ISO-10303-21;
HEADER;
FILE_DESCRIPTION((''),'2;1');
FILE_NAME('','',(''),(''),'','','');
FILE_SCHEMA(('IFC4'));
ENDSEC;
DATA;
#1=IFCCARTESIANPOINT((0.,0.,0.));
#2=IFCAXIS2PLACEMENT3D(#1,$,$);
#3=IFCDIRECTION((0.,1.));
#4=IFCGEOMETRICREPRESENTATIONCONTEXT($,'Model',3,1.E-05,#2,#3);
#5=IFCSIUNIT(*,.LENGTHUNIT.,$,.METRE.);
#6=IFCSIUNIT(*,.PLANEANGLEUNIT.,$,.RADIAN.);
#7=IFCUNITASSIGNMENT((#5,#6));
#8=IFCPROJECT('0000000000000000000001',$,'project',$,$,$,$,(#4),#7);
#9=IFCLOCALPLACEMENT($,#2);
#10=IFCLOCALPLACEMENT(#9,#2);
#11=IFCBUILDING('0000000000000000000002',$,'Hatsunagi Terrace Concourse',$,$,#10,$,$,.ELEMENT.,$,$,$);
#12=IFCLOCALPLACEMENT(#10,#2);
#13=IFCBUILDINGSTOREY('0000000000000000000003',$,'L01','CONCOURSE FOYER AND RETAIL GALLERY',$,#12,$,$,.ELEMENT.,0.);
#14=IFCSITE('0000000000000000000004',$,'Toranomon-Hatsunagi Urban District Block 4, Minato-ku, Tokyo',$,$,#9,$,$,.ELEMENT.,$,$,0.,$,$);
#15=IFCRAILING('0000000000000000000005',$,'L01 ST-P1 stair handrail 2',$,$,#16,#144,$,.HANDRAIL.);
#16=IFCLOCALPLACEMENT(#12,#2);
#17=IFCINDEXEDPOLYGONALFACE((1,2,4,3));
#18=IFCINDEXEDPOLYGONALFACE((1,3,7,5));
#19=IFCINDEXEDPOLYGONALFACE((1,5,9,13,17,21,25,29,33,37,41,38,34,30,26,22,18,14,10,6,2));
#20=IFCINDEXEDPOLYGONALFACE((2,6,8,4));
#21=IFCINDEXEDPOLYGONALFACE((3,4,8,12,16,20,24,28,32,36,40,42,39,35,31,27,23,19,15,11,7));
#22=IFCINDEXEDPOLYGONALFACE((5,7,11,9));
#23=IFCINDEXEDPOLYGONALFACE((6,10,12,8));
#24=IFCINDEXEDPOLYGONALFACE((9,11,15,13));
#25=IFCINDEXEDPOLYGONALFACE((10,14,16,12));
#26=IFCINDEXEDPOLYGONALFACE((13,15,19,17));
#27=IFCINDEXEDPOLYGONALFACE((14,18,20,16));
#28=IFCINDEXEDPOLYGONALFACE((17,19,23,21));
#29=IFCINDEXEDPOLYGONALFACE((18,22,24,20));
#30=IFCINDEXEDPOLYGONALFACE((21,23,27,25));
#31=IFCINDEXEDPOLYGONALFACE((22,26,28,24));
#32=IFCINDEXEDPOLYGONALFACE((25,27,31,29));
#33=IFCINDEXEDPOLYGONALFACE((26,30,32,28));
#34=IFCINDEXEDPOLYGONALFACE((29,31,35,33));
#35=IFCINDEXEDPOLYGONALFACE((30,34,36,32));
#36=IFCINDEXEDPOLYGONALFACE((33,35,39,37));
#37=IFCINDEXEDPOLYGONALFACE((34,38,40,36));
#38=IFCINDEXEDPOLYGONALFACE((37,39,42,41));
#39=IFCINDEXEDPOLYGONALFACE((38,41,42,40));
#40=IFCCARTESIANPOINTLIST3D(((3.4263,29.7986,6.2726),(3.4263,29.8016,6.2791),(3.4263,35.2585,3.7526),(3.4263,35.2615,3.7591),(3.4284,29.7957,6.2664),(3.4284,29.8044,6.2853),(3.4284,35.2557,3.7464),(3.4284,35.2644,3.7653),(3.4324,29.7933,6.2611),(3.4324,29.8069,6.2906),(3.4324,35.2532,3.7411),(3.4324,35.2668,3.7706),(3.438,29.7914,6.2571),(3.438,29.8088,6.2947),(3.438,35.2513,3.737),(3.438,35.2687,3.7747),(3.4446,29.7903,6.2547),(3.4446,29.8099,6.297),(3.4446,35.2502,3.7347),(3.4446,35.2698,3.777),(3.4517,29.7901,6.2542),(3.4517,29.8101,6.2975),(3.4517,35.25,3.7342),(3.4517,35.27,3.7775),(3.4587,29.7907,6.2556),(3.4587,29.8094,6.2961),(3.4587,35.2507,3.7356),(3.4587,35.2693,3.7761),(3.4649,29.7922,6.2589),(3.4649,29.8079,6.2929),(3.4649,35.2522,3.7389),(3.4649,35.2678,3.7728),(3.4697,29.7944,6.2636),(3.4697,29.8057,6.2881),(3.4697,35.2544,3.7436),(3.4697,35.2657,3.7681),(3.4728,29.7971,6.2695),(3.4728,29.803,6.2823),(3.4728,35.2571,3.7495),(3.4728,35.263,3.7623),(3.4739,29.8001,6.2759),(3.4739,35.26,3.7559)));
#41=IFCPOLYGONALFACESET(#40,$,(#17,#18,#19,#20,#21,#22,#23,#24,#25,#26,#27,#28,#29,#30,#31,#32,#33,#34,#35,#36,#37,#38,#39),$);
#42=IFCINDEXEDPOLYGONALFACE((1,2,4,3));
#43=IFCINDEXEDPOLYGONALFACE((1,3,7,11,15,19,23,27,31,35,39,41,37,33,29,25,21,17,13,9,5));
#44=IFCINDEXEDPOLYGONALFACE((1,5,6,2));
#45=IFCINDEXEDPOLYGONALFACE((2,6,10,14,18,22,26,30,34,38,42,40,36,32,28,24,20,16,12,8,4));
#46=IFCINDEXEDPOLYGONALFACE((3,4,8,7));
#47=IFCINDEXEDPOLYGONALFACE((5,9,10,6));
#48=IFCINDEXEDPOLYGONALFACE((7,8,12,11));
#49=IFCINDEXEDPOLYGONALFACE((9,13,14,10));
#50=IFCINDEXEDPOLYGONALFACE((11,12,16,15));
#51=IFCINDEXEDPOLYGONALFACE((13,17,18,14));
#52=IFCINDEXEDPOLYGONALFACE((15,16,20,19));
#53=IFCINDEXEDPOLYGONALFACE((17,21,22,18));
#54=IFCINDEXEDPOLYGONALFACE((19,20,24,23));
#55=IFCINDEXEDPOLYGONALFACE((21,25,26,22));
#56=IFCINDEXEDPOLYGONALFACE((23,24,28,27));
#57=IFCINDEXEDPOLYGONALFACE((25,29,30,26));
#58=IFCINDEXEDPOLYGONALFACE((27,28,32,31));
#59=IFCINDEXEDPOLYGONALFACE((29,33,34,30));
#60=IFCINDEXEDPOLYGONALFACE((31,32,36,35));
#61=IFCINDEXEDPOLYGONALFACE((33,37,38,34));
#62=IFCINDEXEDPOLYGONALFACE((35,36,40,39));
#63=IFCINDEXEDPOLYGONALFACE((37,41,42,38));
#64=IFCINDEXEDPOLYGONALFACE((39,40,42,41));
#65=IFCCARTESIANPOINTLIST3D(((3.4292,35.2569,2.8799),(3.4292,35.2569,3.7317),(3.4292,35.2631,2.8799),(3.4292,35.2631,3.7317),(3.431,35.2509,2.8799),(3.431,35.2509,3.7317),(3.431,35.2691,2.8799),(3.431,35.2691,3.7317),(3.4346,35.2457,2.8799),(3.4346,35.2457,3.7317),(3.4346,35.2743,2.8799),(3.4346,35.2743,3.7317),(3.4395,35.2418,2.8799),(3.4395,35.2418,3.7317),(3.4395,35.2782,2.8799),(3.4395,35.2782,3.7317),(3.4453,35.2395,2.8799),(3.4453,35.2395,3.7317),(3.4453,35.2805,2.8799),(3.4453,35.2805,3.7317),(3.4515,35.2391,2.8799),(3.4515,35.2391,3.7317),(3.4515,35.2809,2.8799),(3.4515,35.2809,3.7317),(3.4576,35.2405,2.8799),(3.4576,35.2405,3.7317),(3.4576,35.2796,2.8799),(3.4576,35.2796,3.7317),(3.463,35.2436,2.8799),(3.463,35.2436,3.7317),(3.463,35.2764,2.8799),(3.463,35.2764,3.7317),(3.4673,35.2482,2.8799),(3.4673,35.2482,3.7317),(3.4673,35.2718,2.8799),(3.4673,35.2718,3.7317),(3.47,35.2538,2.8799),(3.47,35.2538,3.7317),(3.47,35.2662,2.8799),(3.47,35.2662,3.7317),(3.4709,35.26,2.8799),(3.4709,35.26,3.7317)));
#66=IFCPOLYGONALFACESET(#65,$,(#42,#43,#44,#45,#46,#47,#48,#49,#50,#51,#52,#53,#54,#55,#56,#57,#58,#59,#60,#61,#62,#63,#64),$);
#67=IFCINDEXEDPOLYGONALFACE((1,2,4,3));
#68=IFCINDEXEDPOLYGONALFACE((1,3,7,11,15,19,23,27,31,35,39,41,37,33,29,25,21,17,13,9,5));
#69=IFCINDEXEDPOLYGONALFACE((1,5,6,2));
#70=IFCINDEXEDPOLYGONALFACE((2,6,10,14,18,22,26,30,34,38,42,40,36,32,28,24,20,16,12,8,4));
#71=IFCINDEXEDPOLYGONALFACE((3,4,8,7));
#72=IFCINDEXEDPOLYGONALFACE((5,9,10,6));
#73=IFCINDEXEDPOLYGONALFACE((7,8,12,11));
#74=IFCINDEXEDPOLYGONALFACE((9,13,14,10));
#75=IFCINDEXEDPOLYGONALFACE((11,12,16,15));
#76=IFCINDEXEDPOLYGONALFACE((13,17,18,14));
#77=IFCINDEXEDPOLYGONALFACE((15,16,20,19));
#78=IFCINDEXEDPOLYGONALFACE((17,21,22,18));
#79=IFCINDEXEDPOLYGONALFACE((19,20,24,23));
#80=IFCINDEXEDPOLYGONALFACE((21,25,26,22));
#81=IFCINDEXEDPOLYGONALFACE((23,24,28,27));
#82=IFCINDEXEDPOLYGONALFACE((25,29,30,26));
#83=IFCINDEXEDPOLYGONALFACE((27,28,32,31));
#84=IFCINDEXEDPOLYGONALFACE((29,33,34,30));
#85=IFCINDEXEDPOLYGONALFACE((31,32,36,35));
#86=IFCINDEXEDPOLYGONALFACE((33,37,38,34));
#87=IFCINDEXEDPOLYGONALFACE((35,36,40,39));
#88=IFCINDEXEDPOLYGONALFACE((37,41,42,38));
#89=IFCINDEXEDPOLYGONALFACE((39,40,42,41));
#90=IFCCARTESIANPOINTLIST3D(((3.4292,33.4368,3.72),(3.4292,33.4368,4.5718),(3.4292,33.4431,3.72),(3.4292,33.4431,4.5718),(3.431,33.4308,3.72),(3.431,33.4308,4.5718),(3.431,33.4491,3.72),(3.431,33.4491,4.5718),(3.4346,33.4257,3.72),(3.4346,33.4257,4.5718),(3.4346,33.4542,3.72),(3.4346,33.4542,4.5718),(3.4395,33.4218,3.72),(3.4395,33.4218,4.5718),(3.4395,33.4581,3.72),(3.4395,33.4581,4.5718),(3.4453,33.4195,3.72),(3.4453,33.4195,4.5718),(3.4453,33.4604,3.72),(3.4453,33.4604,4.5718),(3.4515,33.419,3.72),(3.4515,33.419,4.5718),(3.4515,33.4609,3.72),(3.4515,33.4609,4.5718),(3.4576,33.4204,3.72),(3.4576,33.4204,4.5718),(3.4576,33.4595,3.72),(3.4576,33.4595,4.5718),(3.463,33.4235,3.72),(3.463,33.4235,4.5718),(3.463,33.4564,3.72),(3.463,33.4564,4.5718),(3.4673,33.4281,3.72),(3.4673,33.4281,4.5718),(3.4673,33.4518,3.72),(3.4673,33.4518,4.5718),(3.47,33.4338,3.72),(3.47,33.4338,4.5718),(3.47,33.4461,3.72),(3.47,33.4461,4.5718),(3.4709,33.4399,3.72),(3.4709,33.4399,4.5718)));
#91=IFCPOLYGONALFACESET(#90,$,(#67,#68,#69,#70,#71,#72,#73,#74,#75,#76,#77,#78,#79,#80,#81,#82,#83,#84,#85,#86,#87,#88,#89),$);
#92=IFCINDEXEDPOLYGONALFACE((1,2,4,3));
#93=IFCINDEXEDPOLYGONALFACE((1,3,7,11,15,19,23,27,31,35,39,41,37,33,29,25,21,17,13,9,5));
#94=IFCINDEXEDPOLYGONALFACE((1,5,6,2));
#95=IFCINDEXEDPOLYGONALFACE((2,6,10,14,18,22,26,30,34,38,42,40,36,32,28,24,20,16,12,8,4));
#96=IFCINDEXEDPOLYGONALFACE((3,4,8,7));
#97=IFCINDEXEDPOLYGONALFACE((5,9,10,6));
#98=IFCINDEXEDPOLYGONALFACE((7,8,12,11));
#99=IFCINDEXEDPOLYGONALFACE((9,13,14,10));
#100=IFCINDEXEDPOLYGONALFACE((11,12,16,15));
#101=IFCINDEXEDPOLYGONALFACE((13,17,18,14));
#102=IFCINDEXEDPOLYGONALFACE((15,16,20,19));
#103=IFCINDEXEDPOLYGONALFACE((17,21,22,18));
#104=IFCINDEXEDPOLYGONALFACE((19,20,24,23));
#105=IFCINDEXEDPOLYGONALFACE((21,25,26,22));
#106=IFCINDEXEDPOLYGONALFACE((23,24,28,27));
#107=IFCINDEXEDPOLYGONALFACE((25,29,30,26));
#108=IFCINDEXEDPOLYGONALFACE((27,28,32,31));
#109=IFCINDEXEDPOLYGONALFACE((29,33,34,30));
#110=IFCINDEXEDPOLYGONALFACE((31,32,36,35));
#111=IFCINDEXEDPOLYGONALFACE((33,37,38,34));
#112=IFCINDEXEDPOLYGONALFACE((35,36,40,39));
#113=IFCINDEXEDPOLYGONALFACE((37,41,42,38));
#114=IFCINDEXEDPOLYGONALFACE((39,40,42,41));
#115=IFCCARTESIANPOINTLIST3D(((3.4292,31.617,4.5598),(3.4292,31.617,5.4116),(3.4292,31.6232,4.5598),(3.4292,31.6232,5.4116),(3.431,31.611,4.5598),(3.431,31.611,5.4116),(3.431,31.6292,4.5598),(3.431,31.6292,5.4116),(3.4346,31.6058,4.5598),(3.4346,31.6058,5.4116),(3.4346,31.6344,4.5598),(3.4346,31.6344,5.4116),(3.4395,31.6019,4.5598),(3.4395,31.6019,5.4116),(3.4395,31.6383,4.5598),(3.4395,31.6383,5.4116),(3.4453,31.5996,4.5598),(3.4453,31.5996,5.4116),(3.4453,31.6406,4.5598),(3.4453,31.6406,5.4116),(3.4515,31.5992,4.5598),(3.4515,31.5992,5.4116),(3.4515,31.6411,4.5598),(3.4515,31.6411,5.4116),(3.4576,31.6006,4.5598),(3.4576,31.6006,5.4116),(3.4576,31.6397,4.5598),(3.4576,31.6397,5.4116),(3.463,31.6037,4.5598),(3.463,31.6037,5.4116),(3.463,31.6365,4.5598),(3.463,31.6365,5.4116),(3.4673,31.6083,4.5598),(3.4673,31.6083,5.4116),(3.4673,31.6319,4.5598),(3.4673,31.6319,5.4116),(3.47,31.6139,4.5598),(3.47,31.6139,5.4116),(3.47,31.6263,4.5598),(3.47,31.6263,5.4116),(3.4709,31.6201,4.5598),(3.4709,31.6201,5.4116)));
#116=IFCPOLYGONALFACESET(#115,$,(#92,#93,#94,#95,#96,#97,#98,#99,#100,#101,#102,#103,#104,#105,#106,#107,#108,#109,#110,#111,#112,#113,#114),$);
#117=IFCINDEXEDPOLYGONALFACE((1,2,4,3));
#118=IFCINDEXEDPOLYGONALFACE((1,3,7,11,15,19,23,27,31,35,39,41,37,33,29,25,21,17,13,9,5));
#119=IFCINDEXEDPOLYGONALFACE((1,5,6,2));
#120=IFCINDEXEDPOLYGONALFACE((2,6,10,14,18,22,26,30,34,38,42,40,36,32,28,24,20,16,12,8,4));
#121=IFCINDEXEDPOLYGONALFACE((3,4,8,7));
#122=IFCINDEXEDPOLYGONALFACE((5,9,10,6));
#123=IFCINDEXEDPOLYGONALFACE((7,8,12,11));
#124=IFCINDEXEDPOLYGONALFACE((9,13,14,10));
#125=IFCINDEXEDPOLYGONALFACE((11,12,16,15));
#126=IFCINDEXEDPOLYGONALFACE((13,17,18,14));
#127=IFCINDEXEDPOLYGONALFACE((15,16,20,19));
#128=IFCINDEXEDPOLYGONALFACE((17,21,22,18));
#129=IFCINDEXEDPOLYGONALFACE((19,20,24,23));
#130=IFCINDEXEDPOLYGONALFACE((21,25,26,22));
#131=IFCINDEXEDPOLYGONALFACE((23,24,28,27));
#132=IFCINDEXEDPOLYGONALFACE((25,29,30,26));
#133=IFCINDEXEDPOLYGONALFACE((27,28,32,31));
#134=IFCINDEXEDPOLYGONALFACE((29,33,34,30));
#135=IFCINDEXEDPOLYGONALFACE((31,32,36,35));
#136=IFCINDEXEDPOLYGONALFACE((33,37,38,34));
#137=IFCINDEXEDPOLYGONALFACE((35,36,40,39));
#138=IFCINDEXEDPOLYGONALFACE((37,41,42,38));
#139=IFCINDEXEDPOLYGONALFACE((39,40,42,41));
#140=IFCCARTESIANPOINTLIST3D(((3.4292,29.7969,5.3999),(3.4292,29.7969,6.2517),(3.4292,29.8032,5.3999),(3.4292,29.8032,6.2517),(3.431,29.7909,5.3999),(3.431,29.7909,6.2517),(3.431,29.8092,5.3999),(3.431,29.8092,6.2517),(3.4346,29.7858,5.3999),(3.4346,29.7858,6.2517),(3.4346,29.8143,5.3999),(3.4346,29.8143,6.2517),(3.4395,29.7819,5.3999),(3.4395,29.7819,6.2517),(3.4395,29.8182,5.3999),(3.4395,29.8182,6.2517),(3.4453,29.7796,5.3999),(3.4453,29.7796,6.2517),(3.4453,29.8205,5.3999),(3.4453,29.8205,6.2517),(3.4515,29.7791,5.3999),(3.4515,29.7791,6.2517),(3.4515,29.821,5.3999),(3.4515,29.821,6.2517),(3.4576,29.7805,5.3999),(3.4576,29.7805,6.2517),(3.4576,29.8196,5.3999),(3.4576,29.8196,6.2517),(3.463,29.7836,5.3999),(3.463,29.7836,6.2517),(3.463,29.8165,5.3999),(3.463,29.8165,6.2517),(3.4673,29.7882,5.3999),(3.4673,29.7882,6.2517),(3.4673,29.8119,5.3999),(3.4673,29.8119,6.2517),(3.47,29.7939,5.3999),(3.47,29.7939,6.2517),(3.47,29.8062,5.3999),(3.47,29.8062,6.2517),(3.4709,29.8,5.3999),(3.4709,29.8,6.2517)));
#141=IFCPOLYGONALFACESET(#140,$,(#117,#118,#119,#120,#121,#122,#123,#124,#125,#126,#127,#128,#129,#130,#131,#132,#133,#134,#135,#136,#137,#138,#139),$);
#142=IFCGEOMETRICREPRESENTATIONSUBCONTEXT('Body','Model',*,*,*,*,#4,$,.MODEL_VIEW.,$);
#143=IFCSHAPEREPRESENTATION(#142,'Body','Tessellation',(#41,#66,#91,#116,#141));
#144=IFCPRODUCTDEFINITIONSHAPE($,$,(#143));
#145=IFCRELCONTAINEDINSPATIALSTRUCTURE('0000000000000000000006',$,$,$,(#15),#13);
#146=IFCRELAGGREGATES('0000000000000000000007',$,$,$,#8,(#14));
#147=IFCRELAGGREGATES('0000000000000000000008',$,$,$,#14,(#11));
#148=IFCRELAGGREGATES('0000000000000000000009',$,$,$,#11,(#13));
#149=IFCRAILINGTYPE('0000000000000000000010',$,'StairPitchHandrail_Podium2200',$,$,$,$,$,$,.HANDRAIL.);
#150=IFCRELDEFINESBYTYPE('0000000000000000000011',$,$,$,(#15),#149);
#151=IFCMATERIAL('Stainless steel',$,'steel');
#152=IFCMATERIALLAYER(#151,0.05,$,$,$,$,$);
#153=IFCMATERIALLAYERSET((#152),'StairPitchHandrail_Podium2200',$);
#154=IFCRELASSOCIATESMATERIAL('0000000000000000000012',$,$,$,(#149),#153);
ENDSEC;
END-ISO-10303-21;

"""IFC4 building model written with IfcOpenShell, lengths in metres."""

from ifc_helpers import new_model, si_unit, direction, frame, origin, origin_2d, place, context, subcontext, project, spatial, circle, extrude, material, layer, layer_set, type_object, element, save


model = new_model("IFC4")

# Units and contexts
model_context = context("Model", 3, precision=1e-05, world=origin(), true_north=direction((0.0, 1.0)))
body_context = subcontext(model_context, "Body", "Model", "MODEL_VIEW")
ifc_project = project(units=[si_unit("LENGTHUNIT", "METRE"), si_unit("PLANEANGLEUNIT", "RADIAN")], contexts=[model_context])

# Site, building, storey
site_placement = place(None, origin())
site = spatial("IfcSite", under=ifc_project, at=site_placement, Name="Toranomon-Hatsunagi Urban District Block 4, Minato-ku, Tokyo", CompositionType="ELEMENT", RefElevation=0.0)
building_placement = place(site_placement, origin())
building = spatial("IfcBuilding", under=site, at=building_placement, Name="Hatsunagi Terrace Concourse", CompositionType="ELEMENT")
storey_placement = place(building_placement, origin())
storey = spatial("IfcBuildingStorey", under=building, at=storey_placement, Name="L01", Description="CONCOURSE FOYER AND RETAIL GALLERY", CompositionType="ELEMENT", Elevation=0.0)

# Railing
ifc_material_1 = material(Name="Stainless steel", Category="steel")
ifc_layer_1 = layer(ifc_material_1, 0.05)
ifc_layer_set_1 = layer_set([ifc_layer_1], Name="StairPitchHandrail_Podium2200")
railing_type_1 = type_object("IfcRailingType", Name="StairPitchHandrail_Podium2200", PredefinedType="HANDRAIL", material=ifc_layer_set_1)
railing_1_placement = place(storey_placement, frame((3.45, 35.26, 2.8799)))
element("IfcRailing", 1, at=railing_1_placement, inside=storey, type_object=railing_type_1, Name="L01 ST-P1 stair handrail 2", PredefinedType="HANDRAIL", context=body_context, shape_type="SweptSolid", body=[
    extrude(circle(Radius=0.0239, at=origin_2d()), frame((0.0, 0.0, 0.876), z_axis=(0.0, -0.907957, 0.419063), x_axis=(1.0, 0.0, 0.0)), (0.0, 0.0, 1.0), 6.0134),
    extrude(circle(Radius=0.021, at=origin_2d()), origin(), (0.0, 0.0, 1.0), 0.8518),
    extrude(circle(Radius=0.021, at=origin_2d()), frame((0.0, -1.8201, 0.8401)), (0.0, 0.0, 1.0), 0.8518),
    extrude(circle(Radius=0.021, at=origin_2d()), frame((0.0, -3.6399, 1.6799)), (0.0, 0.0, 1.0), 0.8518),
    extrude(circle(Radius=0.021, at=origin_2d()), frame((0.0, -5.46, 2.52)), (0.0, 0.0, 1.0), 0.8518),
])

save(model, "model.ifc")
